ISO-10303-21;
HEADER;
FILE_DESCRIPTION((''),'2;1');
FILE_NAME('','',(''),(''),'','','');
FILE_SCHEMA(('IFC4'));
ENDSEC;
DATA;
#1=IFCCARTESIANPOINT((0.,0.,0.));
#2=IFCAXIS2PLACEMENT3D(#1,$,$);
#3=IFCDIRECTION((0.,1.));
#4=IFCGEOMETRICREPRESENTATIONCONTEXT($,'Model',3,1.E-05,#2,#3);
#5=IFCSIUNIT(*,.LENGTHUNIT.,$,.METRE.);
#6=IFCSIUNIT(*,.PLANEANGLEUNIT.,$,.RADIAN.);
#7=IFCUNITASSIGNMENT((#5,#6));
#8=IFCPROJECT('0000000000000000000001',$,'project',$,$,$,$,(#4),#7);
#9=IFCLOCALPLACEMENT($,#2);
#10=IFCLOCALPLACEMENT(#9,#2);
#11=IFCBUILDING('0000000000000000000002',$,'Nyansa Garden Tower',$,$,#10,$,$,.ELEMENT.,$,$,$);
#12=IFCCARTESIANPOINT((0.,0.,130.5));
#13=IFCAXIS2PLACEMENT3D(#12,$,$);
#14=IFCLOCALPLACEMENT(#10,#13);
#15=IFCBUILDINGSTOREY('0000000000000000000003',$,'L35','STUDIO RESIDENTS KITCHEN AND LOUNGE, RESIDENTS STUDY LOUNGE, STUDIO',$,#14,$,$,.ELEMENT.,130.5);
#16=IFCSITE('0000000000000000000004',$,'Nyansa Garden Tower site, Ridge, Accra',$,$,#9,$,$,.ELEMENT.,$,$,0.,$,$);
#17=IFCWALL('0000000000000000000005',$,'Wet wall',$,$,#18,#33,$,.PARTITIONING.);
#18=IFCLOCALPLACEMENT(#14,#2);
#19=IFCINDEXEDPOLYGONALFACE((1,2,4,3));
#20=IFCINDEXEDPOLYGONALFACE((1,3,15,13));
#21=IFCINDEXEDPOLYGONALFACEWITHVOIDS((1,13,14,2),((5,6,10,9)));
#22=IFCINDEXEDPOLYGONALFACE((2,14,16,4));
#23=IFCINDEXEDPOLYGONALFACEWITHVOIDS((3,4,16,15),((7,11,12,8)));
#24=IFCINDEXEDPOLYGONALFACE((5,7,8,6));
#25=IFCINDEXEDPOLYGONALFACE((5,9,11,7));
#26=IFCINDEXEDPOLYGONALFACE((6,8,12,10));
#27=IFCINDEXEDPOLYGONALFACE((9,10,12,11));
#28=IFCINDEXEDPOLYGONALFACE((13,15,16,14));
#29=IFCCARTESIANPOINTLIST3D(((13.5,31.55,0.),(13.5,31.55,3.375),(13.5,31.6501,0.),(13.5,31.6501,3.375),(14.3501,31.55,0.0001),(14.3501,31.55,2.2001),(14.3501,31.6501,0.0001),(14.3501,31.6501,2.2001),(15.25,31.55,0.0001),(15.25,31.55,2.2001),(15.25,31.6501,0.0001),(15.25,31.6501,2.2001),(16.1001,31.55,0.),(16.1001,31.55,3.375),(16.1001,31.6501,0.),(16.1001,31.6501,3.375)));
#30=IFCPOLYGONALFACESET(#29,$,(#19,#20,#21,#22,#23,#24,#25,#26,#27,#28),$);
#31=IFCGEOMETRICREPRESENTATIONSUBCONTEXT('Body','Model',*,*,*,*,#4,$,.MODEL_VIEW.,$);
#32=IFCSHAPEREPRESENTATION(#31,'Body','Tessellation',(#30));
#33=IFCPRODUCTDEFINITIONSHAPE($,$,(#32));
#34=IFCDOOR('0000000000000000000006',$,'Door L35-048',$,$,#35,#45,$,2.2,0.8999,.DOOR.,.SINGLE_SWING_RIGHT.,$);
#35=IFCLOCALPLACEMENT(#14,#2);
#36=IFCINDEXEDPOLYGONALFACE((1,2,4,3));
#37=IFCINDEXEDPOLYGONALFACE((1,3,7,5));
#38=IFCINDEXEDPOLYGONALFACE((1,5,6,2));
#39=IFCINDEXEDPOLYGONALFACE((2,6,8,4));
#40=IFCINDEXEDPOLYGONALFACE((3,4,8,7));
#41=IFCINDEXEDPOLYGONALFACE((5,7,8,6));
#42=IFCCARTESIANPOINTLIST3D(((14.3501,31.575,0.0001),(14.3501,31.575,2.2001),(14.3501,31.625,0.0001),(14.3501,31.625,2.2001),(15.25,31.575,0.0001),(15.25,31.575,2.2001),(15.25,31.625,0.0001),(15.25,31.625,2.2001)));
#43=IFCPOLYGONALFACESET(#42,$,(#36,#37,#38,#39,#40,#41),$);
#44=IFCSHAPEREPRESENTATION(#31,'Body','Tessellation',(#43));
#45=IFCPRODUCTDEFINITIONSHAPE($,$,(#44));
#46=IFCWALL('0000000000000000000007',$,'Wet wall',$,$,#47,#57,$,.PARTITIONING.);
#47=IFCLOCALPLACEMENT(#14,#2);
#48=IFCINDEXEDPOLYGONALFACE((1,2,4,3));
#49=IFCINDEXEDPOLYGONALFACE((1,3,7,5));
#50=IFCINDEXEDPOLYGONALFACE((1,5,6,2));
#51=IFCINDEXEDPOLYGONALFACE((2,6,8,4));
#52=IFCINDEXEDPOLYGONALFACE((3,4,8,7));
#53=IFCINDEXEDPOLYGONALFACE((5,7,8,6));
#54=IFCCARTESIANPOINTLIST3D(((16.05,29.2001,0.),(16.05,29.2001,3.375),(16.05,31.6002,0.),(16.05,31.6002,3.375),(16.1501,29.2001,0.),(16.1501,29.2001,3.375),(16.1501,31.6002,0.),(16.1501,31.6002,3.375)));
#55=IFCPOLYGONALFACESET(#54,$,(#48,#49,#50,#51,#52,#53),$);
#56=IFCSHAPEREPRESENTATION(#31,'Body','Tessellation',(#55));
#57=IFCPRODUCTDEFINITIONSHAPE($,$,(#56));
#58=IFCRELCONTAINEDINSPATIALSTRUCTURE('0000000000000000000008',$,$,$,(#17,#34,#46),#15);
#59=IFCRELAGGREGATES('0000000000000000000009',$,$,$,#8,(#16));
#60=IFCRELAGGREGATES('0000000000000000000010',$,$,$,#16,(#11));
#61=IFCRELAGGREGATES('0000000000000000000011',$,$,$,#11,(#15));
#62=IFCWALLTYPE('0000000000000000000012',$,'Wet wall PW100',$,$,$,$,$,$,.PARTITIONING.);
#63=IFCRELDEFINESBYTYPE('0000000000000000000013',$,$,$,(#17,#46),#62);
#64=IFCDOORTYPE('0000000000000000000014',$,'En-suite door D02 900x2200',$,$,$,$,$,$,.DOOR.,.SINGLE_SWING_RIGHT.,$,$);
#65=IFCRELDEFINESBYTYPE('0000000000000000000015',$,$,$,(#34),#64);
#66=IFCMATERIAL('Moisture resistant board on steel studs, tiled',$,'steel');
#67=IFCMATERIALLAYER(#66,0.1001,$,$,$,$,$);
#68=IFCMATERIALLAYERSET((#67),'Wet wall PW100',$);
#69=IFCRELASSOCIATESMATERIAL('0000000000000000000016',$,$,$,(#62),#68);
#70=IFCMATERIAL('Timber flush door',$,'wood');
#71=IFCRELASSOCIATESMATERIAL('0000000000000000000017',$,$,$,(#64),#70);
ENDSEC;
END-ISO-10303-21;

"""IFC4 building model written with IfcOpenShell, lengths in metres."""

from ifc_helpers import new_model, si_unit, direction, frame, frame_2d, origin, place, context, subcontext, project, spatial, rectangle, extrude, material, layer, layer_set, type_object, element, fill, save


model = new_model("IFC4")

# Units and contexts
model_context = context("Model", 3, precision=1e-05, world=origin(), true_north=direction((0.0, 1.0)))
body_context = subcontext(model_context, "Body", "Model", "MODEL_VIEW")
ifc_project = project(units=[si_unit("LENGTHUNIT", "METRE"), si_unit("PLANEANGLEUNIT", "RADIAN")], contexts=[model_context])

# Site, building, storey
site_placement = place(None, origin())
site = spatial("IfcSite", under=ifc_project, at=site_placement, Name="Nyansa Garden Tower site, Ridge, Accra", CompositionType="ELEMENT", RefElevation=0.0)
building_placement = place(site_placement, origin())
building = spatial("IfcBuilding", under=site, at=building_placement, Name="Nyansa Garden Tower", CompositionType="ELEMENT")
storey_placement = place(building_placement, frame((0.0, 0.0, 130.5)))
storey = spatial("IfcBuildingStorey", under=building, at=storey_placement, Name="L35", Description="STUDIO RESIDENTS KITCHEN AND LOUNGE, RESIDENTS STUDY LOUNGE, STUDIO", CompositionType="ELEMENT", Elevation=130.5)

# Wall, opening, door
ifc_material_1 = material(Name="Moisture resistant board on steel studs, tiled", Category="steel")
ifc_layer_1 = layer(ifc_material_1, 0.1001)
ifc_layer_set_1 = layer_set([ifc_layer_1], Name="Wet wall PW100")
wall_type_1 = type_object("IfcWallType", Name="Wet wall PW100", PredefinedType="PARTITIONING", material=ifc_layer_set_1)
wall_1_placement = place(storey_placement, frame((13.5, 31.6001, 0.0), z_axis=(0.0, 0.0, 1.0), x_axis=(1.0, 0.0, 0.0)))
wall_1 = element("IfcWall", 1, at=wall_1_placement, inside=storey, type_object=wall_type_1, Name="Wet wall", PredefinedType="PARTITIONING", context=body_context, shape_type="SweptSolid", body=[
    extrude(rectangle(XDim=2.6001, YDim=0.1001, at=frame_2d((1.3, 0.0))), origin(), (0.0, 0.0, 1.0), 3.375),
])
opening_1_placement = place(wall_1_placement, frame((0.8501, 0.0, 0.0)))
opening_1 = element("IfcOpeningElement", 2, at=opening_1_placement, cuts=wall_1, PredefinedType="OPENING", context=body_context, shape_type="SweptSolid", body=[
    extrude(rectangle(XDim=0.8999, YDim=2.2, at=frame_2d((0.45, 1.1001))), frame((0.0, 0.0601, 0.0), z_axis=(0.0, -1.0, 0.0), x_axis=(1.0, 0.0, 0.0)), (0.0, 0.0, 1.0), 0.1201),
])
ifc_material_2 = material(Name="Timber flush door", Category="wood")
door_type_1 = type_object("IfcDoorType", Name="En-suite door D02 900x2200", OperationType="SINGLE_SWING_RIGHT", PredefinedType="DOOR", material=ifc_material_2)
door_1_placement = place(opening_1_placement, origin())
door_1 = element("IfcDoor", 3, at=door_1_placement, inside=storey, type_object=door_type_1, Name="Door L35-048", OperationType="SINGLE_SWING_RIGHT", OverallHeight=2.2, OverallWidth=0.8999, PredefinedType="DOOR", context=body_context, shape_type="SweptSolid", body=[
    extrude(rectangle(XDim=0.8999, YDim=2.2, at=frame_2d((0.45, 1.1001))), frame((0.0, 0.0249, 0.0), z_axis=(0.0, -1.0, 0.0), x_axis=(1.0, 0.0, 0.0)), (0.0, 0.0, 1.0), 0.05),
])
fill(opening_1, door_1)

# Wall
wall_2_placement = place(storey_placement, frame((16.1001, 29.2, 0.0), z_axis=(0.0, 0.0, 1.0), x_axis=(0.0, 1.0, 0.0)))
element("IfcWall", 4, at=wall_2_placement, inside=storey, type_object=wall_type_1, Name="Wet wall", PredefinedType="PARTITIONING", context=body_context, shape_type="SweptSolid", body=[
    extrude(rectangle(XDim=2.4001, YDim=0.1001, at=frame_2d((1.2002, 0.0))), origin(), (0.0, 0.0, 1.0), 3.375),
])

save(model, "model.ifc")
